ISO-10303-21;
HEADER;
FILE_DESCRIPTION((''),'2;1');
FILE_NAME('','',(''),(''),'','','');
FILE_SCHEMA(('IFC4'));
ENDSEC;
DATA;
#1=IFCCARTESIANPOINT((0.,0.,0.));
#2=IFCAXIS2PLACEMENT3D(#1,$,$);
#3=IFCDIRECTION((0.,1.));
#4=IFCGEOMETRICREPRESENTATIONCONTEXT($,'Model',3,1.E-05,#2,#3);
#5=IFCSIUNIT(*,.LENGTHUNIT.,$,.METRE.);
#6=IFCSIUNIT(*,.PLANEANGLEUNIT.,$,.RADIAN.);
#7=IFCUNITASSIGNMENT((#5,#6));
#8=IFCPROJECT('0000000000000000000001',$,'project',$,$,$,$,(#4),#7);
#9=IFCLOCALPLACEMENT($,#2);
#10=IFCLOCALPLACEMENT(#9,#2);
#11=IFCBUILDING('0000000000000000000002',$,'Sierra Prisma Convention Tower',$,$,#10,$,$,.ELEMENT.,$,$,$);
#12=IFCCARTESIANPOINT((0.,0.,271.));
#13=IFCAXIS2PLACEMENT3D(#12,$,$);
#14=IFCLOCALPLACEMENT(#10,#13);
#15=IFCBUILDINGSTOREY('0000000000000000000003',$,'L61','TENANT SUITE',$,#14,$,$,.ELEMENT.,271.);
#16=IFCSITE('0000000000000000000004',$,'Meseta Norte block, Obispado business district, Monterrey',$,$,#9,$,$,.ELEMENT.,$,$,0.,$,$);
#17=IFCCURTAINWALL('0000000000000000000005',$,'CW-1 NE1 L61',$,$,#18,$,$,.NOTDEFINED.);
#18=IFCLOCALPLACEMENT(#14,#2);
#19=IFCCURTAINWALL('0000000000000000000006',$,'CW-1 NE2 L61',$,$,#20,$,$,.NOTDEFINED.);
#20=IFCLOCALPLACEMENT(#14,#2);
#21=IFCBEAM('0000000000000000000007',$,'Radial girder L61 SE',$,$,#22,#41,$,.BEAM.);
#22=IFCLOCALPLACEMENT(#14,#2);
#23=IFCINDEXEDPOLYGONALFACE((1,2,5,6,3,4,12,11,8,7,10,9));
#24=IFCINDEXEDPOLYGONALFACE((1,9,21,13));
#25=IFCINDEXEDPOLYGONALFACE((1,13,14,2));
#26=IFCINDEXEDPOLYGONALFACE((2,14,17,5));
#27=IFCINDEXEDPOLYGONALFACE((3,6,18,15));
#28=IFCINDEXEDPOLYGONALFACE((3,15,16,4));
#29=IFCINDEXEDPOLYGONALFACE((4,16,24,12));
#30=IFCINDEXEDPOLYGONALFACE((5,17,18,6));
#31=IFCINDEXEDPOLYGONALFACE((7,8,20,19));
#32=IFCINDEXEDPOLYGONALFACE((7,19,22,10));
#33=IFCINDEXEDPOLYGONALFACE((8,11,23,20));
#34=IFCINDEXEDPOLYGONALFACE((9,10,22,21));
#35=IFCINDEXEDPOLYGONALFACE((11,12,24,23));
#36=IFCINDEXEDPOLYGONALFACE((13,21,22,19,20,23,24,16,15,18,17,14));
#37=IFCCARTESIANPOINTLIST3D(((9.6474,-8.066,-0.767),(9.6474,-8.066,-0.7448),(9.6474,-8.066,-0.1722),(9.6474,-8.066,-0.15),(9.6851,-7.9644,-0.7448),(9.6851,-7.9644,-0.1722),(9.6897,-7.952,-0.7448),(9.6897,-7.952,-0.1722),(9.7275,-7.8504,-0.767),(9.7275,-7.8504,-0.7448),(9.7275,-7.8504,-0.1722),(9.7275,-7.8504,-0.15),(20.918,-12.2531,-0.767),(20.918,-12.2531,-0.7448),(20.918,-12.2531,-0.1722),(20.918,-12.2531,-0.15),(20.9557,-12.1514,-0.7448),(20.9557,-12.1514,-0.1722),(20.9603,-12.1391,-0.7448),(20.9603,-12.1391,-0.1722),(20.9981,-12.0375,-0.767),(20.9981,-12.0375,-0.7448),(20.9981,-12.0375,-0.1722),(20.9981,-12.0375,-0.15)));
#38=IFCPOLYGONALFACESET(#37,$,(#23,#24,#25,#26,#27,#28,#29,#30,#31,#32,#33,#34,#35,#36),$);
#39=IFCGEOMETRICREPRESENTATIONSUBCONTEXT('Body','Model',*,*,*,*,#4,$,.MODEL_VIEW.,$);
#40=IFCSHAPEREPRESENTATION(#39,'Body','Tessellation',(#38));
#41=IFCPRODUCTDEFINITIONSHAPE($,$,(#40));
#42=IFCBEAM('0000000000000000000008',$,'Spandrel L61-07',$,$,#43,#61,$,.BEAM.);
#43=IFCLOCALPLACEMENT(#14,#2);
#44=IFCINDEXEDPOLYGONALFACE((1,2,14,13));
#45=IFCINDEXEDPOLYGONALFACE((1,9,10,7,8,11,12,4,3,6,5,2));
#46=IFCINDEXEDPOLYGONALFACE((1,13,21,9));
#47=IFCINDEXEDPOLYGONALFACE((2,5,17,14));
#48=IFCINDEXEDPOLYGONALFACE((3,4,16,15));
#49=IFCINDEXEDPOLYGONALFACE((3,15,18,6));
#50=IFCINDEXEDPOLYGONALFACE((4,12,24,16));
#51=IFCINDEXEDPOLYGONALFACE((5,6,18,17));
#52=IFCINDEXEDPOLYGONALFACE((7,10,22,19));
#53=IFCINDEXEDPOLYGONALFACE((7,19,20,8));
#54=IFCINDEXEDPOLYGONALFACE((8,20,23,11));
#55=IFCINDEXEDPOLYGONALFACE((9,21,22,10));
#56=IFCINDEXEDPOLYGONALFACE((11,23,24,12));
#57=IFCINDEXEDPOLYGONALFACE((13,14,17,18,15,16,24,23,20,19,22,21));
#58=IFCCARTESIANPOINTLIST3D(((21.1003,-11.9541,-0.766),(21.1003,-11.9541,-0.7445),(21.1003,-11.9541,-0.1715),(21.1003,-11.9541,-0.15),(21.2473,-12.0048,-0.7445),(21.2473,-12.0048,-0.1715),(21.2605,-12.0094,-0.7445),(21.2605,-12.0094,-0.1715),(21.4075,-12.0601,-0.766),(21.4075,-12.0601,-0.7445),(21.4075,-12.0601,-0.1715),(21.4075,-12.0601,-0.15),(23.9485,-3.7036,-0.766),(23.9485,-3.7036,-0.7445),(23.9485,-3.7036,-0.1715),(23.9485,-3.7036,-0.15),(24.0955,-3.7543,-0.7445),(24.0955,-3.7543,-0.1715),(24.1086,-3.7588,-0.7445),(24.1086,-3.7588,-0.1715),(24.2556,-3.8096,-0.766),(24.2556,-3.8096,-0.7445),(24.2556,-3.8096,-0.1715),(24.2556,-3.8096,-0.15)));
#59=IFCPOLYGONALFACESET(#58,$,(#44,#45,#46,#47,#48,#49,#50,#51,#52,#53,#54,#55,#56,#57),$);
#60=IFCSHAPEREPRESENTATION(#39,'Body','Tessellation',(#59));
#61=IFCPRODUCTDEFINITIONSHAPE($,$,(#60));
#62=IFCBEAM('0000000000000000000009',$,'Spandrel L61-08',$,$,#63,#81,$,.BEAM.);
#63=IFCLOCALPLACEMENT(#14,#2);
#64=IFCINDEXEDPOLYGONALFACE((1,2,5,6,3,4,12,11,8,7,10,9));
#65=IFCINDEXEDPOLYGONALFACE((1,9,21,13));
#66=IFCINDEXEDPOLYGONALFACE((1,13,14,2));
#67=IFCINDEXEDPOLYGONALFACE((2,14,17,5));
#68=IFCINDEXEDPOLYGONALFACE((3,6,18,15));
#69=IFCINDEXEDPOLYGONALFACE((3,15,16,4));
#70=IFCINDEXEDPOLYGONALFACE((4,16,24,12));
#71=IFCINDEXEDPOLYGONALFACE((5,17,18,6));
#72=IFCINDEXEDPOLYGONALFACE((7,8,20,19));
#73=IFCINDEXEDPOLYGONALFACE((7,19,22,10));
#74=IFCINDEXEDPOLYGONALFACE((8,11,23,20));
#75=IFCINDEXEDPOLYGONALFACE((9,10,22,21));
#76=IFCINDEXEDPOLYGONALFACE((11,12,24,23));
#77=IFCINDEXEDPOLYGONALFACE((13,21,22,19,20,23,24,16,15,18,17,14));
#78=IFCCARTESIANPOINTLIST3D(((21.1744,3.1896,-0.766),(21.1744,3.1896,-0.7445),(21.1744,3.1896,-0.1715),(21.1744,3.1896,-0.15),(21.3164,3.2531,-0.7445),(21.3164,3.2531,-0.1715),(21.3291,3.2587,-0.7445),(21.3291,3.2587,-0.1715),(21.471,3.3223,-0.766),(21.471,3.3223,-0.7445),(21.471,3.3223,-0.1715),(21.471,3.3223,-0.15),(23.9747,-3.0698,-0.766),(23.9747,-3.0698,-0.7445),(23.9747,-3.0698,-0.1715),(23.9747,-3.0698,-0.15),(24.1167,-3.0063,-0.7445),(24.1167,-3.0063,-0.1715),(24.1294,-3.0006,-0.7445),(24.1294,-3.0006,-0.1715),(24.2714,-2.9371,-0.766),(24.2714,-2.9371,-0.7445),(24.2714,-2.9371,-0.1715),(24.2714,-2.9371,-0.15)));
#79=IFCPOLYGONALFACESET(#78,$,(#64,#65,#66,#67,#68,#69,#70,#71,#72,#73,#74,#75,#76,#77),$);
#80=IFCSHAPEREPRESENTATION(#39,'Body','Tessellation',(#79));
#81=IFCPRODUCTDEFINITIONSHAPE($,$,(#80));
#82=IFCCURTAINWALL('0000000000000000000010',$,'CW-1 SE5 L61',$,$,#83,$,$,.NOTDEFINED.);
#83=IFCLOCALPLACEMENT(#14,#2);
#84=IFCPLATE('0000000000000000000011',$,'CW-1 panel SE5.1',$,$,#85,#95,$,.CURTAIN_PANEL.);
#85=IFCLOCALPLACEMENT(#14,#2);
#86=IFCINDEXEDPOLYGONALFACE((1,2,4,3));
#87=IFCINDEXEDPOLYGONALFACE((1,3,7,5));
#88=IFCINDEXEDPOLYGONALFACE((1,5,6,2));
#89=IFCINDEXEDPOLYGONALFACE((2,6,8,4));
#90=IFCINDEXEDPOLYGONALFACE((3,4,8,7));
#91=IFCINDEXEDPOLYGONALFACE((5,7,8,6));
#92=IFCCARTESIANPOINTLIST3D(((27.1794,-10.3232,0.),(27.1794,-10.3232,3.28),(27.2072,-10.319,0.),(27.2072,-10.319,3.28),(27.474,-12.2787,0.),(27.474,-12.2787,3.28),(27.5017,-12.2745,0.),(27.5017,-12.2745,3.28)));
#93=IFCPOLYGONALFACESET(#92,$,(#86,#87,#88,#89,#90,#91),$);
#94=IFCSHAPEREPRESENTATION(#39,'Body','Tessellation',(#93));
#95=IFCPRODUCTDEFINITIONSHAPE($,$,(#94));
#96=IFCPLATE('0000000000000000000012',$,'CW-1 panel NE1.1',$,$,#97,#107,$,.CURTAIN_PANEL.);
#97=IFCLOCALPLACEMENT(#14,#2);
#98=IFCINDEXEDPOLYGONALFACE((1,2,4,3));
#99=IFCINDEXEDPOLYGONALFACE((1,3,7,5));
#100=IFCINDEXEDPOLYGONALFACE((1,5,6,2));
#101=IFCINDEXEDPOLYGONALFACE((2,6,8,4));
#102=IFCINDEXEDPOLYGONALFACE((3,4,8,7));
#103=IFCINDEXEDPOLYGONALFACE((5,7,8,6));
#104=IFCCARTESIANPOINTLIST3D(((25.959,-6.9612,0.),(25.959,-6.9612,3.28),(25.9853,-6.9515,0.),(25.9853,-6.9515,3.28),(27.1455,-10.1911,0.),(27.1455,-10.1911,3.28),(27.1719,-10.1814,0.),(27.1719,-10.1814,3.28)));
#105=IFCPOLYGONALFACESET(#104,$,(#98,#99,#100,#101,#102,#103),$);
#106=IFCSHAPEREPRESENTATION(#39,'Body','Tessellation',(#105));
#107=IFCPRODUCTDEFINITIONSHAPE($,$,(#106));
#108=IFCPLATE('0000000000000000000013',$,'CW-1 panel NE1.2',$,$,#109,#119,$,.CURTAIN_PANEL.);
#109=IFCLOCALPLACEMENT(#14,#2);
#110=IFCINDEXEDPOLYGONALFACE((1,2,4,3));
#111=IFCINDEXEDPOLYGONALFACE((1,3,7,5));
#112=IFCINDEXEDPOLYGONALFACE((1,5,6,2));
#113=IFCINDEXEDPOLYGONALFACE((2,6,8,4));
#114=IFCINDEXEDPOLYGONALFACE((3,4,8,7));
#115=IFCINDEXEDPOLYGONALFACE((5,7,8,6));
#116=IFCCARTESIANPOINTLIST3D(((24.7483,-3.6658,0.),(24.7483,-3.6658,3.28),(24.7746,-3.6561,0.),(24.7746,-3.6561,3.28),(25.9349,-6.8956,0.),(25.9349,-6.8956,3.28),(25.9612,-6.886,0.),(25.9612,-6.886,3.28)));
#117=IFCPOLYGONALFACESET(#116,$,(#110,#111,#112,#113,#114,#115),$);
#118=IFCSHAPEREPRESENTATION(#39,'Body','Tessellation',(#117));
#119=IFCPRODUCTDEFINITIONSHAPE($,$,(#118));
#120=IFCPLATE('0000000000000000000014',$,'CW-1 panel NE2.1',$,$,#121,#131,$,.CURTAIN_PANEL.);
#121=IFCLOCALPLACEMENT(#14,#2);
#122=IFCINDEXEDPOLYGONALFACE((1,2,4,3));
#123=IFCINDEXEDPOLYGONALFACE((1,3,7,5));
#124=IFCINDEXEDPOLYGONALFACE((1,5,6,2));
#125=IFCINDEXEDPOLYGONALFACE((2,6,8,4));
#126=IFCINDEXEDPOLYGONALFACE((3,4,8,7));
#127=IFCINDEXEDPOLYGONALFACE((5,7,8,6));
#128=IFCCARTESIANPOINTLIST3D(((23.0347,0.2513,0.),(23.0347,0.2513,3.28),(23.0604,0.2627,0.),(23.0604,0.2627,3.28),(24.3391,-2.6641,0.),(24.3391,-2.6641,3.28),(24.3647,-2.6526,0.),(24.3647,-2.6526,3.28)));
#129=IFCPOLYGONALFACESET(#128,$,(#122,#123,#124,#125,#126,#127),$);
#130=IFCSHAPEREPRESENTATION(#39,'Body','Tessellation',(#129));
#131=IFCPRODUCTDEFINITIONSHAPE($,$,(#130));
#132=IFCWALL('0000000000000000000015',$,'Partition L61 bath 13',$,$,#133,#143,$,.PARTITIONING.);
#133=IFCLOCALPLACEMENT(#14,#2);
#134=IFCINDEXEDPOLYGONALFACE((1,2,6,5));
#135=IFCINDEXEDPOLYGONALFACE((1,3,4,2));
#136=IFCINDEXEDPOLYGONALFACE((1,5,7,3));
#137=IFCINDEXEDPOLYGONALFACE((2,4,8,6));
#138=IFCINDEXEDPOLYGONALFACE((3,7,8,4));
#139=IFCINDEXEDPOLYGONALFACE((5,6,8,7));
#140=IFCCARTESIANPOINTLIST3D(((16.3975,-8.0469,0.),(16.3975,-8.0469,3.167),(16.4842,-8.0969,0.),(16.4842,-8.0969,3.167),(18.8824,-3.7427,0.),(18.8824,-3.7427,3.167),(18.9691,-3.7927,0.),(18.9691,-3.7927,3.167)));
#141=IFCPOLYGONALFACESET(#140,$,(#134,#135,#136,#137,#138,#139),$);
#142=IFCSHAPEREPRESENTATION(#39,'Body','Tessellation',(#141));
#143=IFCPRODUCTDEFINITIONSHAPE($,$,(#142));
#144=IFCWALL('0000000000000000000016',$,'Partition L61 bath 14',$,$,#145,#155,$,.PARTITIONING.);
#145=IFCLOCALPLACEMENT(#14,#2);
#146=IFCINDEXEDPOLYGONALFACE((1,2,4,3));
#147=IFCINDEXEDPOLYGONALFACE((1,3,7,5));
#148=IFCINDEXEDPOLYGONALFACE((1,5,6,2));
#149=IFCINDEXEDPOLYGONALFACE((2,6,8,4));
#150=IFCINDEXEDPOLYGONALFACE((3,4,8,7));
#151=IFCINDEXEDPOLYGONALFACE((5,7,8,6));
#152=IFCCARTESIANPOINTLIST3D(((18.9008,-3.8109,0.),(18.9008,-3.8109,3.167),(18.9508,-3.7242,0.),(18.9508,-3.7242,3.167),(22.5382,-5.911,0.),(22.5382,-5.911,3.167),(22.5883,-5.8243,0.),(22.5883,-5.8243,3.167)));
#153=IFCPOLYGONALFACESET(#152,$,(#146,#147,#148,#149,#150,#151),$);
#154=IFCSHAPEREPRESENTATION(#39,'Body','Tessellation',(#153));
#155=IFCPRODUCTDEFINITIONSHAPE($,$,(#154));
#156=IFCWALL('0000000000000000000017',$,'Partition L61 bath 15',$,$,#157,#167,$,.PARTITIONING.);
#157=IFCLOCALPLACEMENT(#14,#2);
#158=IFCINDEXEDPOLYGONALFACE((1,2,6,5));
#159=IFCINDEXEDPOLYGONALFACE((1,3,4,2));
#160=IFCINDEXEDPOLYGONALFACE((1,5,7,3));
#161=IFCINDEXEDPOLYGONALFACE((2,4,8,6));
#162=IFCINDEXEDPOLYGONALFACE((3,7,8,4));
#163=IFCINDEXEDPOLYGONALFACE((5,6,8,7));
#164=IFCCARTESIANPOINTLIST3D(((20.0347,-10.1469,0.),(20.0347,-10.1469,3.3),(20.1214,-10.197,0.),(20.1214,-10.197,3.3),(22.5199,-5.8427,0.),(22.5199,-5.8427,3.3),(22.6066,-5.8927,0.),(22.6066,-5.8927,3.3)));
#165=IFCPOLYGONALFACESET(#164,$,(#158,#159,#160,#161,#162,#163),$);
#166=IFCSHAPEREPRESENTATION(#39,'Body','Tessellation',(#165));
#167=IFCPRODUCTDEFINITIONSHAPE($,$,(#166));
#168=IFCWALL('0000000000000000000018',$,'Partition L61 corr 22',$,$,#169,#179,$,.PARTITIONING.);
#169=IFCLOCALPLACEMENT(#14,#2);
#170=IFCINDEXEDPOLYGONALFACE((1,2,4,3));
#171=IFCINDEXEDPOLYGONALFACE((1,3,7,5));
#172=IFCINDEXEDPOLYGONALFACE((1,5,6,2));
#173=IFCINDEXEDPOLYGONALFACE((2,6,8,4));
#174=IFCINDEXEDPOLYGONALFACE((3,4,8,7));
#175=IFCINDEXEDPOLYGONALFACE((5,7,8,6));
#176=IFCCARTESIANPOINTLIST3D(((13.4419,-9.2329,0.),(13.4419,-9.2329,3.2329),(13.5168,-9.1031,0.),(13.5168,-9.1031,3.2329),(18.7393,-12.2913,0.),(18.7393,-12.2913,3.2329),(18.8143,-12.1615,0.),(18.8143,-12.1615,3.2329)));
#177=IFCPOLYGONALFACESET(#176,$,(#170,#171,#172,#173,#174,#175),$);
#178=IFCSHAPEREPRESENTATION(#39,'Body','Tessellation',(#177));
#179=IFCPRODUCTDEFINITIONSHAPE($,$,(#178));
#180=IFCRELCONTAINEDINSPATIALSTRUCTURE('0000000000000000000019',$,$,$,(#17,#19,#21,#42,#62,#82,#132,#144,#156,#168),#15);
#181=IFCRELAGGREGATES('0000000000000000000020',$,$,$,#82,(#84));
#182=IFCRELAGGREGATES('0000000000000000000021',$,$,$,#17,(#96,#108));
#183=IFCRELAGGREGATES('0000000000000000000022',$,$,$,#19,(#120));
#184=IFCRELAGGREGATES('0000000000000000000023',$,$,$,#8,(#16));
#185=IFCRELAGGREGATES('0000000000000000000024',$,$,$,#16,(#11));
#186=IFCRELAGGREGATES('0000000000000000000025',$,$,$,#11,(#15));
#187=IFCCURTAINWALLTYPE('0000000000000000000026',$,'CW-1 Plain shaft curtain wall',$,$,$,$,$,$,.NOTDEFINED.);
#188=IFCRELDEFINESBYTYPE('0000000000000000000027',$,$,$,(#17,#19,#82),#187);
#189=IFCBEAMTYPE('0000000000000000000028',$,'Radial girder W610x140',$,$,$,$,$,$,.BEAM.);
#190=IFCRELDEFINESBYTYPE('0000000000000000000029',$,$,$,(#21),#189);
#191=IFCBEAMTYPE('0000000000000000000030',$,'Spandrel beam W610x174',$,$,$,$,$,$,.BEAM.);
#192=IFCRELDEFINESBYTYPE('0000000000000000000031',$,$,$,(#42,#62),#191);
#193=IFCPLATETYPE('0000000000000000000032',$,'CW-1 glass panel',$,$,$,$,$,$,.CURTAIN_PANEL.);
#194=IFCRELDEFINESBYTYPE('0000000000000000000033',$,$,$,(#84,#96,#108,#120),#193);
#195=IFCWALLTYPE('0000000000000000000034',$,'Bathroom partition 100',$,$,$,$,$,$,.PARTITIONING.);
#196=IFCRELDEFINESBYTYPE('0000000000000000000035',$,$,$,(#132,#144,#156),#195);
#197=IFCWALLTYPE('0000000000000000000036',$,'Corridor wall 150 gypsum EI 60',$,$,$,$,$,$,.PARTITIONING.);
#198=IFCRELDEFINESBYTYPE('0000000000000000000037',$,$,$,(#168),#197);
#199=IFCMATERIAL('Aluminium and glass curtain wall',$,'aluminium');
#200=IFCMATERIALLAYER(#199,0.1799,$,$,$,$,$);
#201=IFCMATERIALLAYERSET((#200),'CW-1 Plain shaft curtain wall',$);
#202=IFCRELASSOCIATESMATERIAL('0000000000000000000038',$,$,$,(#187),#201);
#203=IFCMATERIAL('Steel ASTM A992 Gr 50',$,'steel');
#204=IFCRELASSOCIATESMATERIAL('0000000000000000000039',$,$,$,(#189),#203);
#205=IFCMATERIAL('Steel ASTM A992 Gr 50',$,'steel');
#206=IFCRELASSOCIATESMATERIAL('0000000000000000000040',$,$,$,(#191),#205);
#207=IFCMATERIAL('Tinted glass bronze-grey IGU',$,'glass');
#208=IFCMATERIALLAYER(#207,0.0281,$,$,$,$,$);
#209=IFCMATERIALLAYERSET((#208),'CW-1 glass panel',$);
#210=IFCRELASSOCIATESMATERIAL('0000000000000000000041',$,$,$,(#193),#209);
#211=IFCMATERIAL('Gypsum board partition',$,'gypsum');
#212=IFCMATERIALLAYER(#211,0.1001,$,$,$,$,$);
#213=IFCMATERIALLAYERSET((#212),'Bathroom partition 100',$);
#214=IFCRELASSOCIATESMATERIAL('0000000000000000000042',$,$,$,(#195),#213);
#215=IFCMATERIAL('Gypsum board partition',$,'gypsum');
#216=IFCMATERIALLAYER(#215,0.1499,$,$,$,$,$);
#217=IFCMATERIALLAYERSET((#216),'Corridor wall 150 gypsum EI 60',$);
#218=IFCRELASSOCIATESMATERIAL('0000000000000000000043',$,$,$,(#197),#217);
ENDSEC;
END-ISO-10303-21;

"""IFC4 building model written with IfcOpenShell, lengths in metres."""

from ifc_helpers import new_model, si_unit, direction, frame, frame_2d, origin, origin_2d, place, context, subcontext, project, spatial, rectangle, i_section, extrude, material, layer, layer_set, material_profile, profile_set, type_object, element, aggregate, save


model = new_model("IFC4")

# Units and contexts
model_context = context("Model", 3, precision=1e-05, world=origin(), true_north=direction((0.0, 1.0)))
body_context = subcontext(model_context, "Body", "Model", "MODEL_VIEW")
ifc_project = project(units=[si_unit("LENGTHUNIT", "METRE"), si_unit("PLANEANGLEUNIT", "RADIAN")], contexts=[model_context])

# Site, building, storey
site_placement = place(None, origin())
site = spatial("IfcSite", under=ifc_project, at=site_placement, Name="Meseta Norte block, Obispado business district, Monterrey", CompositionType="ELEMENT", RefElevation=0.0)
building_placement = place(site_placement, origin())
building = spatial("IfcBuilding", under=site, at=building_placement, Name="Sierra Prisma Convention Tower", CompositionType="ELEMENT")
storey_placement = place(building_placement, frame((0.0, 0.0, 271.0)))
storey = spatial("IfcBuildingStorey", under=building, at=storey_placement, Name="L61", Description="TENANT SUITE", CompositionType="ELEMENT", Elevation=271.0)

# Curtain wall
ifc_material_1 = material(Name="Aluminium and glass curtain wall", Category="aluminium")
ifc_layer_1 = layer(ifc_material_1, 0.1799)
ifc_layer_set_1 = layer_set([ifc_layer_1], Name="CW-1 Plain shaft curtain wall")
curtain_wall_type = type_object("IfcCurtainWallType", Name="CW-1 Plain shaft curtain wall", PredefinedType="NOTDEFINED", material=ifc_layer_set_1)
curtain_wall_1_placement = place(storey_placement, origin())
curtain_wall_1 = element("IfcCurtainWall", 1, at=curtain_wall_1_placement, inside=storey, type_object=curtain_wall_type, Name="CW-1 NE1 L61", PredefinedType="NOTDEFINED")

# Curtain wall
curtain_wall_2_placement = place(storey_placement, origin())
curtain_wall_2 = element("IfcCurtainWall", 2, at=curtain_wall_2_placement, inside=storey, type_object=curtain_wall_type, Name="CW-1 NE2 L61", PredefinedType="NOTDEFINED")

# Beams
ifc_material_2 = material(Name="Steel ASTM A992 Gr 50", Category="steel")
ifc_material_profile_1 = material_profile(ifc_material_2, i_section(OverallWidth=0.23, OverallDepth=0.6169, WebThickness=0.0132, FlangeThickness=0.0222, at=origin_2d()), Name="W610x140")
ifc_profile_set_1 = profile_set([ifc_material_profile_1], Name="Steel ASTM A992 Gr 50")
beam_type_1 = type_object("IfcBeamType", Name="Radial girder W610x140", PredefinedType="BEAM", material=ifc_profile_set_1)
beam_1_placement = place(storey_placement, frame((20.958, -12.1453, -0.4585), z_axis=(-0.937403, 0.348247, 0.0), x_axis=(-0.348247, -0.937403, 0.0)))
element("IfcBeam", 3, at=beam_1_placement, inside=storey, type_object=beam_type_1, Name="Radial girder L61 SE", PredefinedType="BEAM", context=body_context, shape_type="SweptSolid", body=[
    extrude(i_section(OverallWidth=0.23, OverallDepth=0.6169, WebThickness=0.0132, FlangeThickness=0.0222, at=origin_2d()), origin(), (0.0, 0.0, 1.0), 12.0232),
])
ifc_material_3 = material(Name="Steel ASTM A992 Gr 50", Category="steel")
ifc_material_profile_2 = material_profile(ifc_material_3, i_section(OverallWidth=0.325, OverallDepth=0.616, WebThickness=0.0139, FlangeThickness=0.0215, at=origin_2d()), Name="W610x174")
ifc_profile_set_2 = profile_set([ifc_material_profile_2], Name="Steel ASTM A992 Gr 50")
beam_type_2 = type_object("IfcBeamType", Name="Spandrel beam W610x174", PredefinedType="BEAM", material=ifc_profile_set_2)
beam_2_placement = place(storey_placement, frame((21.2539, -12.0071, -0.458), z_axis=(0.326313, 0.945262, 0.0), x_axis=(-0.945262, 0.326313, 0.0)))
element("IfcBeam", 4, at=beam_2_placement, inside=storey, type_object=beam_type_2, Name="Spandrel L61-07", PredefinedType="BEAM", context=body_context, shape_type="SweptSolid", body=[
    extrude(i_section(OverallWidth=0.325, OverallDepth=0.616, WebThickness=0.0139, FlangeThickness=0.0215, at=origin_2d()), origin(), (0.0, 0.0, 1.0), 8.7283),
])
beam_3_placement = place(storey_placement, frame((24.123, -3.0034, -0.458), z_axis=(-0.408377, 0.912813, 0.0), x_axis=(-0.912813, -0.408377, 0.0)))
element("IfcBeam", 5, at=beam_3_placement, inside=storey, type_object=beam_type_2, Name="Spandrel L61-08", PredefinedType="BEAM", context=body_context, shape_type="SweptSolid", body=[
    extrude(i_section(OverallWidth=0.325, OverallDepth=0.616, WebThickness=0.0139, FlangeThickness=0.0215, at=origin_2d()), origin(), (0.0, 0.0, 1.0), 6.8572),
])

# Curtain wall, plate
curtain_wall_3_placement = place(storey_placement, origin())
curtain_wall_3 = element("IfcCurtainWall", 6, at=curtain_wall_3_placement, inside=storey, type_object=curtain_wall_type, Name="CW-1 SE5 L61", PredefinedType="NOTDEFINED")
ifc_material_4 = material(Name="Tinted glass bronze-grey IGU", Category="glass")
ifc_layer_2 = layer(ifc_material_4, 0.0281)
ifc_layer_set_2 = layer_set([ifc_layer_2], Name="CW-1 glass panel")
plate_type = type_object("IfcPlateType", Name="CW-1 glass panel", PredefinedType="CURTAIN_PANEL", material=ifc_layer_set_2)
plate_1_placement = place(storey_placement, frame((27.3406, -11.2988, 0.0), z_axis=(0.0, 0.0, 1.0), x_axis=(-0.148941, 0.988846, 0.0)))
plate_1 = element("IfcPlate", 7, at=plate_1_placement, type_object=plate_type, Name="CW-1 panel SE5.1", PredefinedType="CURTAIN_PANEL", context=body_context, shape_type="SweptSolid", body=[
    extrude(rectangle(XDim=1.9775, YDim=0.0281, at=origin_2d()), origin(), (0.0, 0.0, 1.0), 3.28),
])
aggregate(curtain_wall_3, [plate_1])

# Plates
plate_2_placement = place(storey_placement, frame((26.5654, -8.5713, 0.0), z_axis=(0.0, 0.0, 1.0), x_axis=(-0.344847, 0.938659, 0.0)))
plate_2 = element("IfcPlate", 8, at=plate_2_placement, type_object=plate_type, Name="CW-1 panel NE1.1", PredefinedType="CURTAIN_PANEL", context=body_context, shape_type="SweptSolid", body=[
    extrude(rectangle(XDim=3.4409, YDim=0.0281, at=origin_2d()), origin(), (0.0, 0.0, 1.0), 3.28),
])
plate_3_placement = place(storey_placement, frame((25.3547, -5.2759, 0.0), z_axis=(0.0, 0.0, 1.0), x_axis=(-0.344847, 0.938659, 0.0)))
plate_3 = element("IfcPlate", 9, at=plate_3_placement, type_object=plate_type, Name="CW-1 panel NE1.2", PredefinedType="CURTAIN_PANEL", context=body_context, shape_type="SweptSolid", body=[
    extrude(rectangle(XDim=3.4409, YDim=0.0281, at=origin_2d()), origin(), (0.0, 0.0, 1.0), 3.28),
])
aggregate(curtain_wall_1, [plate_2, plate_3])
plate_4_placement = place(storey_placement, frame((23.6997, -1.2007, 0.0), z_axis=(0.0, 0.0, 1.0), x_axis=(-0.408386, 0.912809, 0.0)))
plate_4 = element("IfcPlate", 10, at=plate_4_placement, type_object=plate_type, Name="CW-1 panel NE2.1", PredefinedType="CURTAIN_PANEL", context=body_context, shape_type="SweptSolid", body=[
    extrude(rectangle(XDim=3.1938, YDim=0.0281, at=origin_2d()), origin(), (0.0, 0.0, 1.0), 3.28),
])
aggregate(curtain_wall_2, [plate_4])

# Walls
ifc_material_5 = material(Name="Gypsum board partition", Category="gypsum")
ifc_layer_3 = layer(ifc_material_5, 0.1001)
ifc_layer_set_3 = layer_set([ifc_layer_3], Name="Bathroom partition 100")
wall_type_1 = type_object("IfcWallType", Name="Bathroom partition 100", PredefinedType="PARTITIONING", material=ifc_layer_set_3)
wall_1_placement = place(storey_placement, frame((16.4409, -8.0718, 0.0), z_axis=(0.0, 0.0, 1.0), x_axis=(0.499975, 0.86604, 0.0)))
element("IfcWall", 11, at=wall_1_placement, inside=storey, type_object=wall_type_1, Name="Partition L61 bath 13", PredefinedType="PARTITIONING", context=body_context, shape_type="SweptSolid", body=[
    extrude(rectangle(XDim=4.97, YDim=0.1001, at=frame_2d((2.4849, 0.0))), origin(), (0.0, 0.0, 1.0), 3.167),
])
wall_2_placement = place(storey_placement, frame((18.9258, -3.7676, 0.0), z_axis=(0.0, 0.0, 1.0), x_axis=(0.866024, -0.500003, 0.0)))
element("IfcWall", 12, at=wall_2_placement, inside=storey, type_object=wall_type_1, Name="Partition L61 bath 14", PredefinedType="PARTITIONING", context=body_context, shape_type="SweptSolid", body=[
    extrude(rectangle(XDim=4.2002, YDim=0.1001, at=frame_2d((2.1001, 0.0))), origin(), (0.0, 0.0, 1.0), 3.167),
])
wall_3_placement = place(storey_placement, frame((22.5632, -5.8677, 0.0), z_axis=(0.0, 0.0, 1.0), x_axis=(-0.500012, -0.866019, 0.0)))
element("IfcWall", 13, at=wall_3_placement, inside=storey, type_object=wall_type_1, Name="Partition L61 bath 15", PredefinedType="PARTITIONING", context=body_context, shape_type="SweptSolid", body=[
    extrude(rectangle(XDim=4.9702, YDim=0.1001, at=frame_2d((2.4851, 0.0))), origin(), (0.0, 0.0, 1.0), 3.3),
])
ifc_material_6 = material(Name="Gypsum board partition", Category="gypsum")
ifc_layer_4 = layer(ifc_material_6, 0.1499)
ifc_layer_set_4 = layer_set([ifc_layer_4], Name="Corridor wall 150 gypsum EI 60")
wall_type_2 = type_object("IfcWallType", Name="Corridor wall 150 gypsum EI 60", PredefinedType="PARTITIONING", material=ifc_layer_set_4)
wall_4_placement = place(storey_placement, frame((13.4792, -9.168, 0.0), z_axis=(0.0, 0.0, 1.0), x_axis=(0.866031, -0.49999, 0.0)))
element("IfcWall", 14, at=wall_4_placement, inside=storey, type_object=wall_type_2, Name="Partition L61 corr 22", PredefinedType="PARTITIONING", context=body_context, shape_type="SweptSolid", body=[
    extrude(rectangle(XDim=6.1169, YDim=0.1499, at=frame_2d((3.0586, 0.0))), origin(), (0.0, 0.0, 1.0), 3.2329),
])

save(model, "model.ifc")
